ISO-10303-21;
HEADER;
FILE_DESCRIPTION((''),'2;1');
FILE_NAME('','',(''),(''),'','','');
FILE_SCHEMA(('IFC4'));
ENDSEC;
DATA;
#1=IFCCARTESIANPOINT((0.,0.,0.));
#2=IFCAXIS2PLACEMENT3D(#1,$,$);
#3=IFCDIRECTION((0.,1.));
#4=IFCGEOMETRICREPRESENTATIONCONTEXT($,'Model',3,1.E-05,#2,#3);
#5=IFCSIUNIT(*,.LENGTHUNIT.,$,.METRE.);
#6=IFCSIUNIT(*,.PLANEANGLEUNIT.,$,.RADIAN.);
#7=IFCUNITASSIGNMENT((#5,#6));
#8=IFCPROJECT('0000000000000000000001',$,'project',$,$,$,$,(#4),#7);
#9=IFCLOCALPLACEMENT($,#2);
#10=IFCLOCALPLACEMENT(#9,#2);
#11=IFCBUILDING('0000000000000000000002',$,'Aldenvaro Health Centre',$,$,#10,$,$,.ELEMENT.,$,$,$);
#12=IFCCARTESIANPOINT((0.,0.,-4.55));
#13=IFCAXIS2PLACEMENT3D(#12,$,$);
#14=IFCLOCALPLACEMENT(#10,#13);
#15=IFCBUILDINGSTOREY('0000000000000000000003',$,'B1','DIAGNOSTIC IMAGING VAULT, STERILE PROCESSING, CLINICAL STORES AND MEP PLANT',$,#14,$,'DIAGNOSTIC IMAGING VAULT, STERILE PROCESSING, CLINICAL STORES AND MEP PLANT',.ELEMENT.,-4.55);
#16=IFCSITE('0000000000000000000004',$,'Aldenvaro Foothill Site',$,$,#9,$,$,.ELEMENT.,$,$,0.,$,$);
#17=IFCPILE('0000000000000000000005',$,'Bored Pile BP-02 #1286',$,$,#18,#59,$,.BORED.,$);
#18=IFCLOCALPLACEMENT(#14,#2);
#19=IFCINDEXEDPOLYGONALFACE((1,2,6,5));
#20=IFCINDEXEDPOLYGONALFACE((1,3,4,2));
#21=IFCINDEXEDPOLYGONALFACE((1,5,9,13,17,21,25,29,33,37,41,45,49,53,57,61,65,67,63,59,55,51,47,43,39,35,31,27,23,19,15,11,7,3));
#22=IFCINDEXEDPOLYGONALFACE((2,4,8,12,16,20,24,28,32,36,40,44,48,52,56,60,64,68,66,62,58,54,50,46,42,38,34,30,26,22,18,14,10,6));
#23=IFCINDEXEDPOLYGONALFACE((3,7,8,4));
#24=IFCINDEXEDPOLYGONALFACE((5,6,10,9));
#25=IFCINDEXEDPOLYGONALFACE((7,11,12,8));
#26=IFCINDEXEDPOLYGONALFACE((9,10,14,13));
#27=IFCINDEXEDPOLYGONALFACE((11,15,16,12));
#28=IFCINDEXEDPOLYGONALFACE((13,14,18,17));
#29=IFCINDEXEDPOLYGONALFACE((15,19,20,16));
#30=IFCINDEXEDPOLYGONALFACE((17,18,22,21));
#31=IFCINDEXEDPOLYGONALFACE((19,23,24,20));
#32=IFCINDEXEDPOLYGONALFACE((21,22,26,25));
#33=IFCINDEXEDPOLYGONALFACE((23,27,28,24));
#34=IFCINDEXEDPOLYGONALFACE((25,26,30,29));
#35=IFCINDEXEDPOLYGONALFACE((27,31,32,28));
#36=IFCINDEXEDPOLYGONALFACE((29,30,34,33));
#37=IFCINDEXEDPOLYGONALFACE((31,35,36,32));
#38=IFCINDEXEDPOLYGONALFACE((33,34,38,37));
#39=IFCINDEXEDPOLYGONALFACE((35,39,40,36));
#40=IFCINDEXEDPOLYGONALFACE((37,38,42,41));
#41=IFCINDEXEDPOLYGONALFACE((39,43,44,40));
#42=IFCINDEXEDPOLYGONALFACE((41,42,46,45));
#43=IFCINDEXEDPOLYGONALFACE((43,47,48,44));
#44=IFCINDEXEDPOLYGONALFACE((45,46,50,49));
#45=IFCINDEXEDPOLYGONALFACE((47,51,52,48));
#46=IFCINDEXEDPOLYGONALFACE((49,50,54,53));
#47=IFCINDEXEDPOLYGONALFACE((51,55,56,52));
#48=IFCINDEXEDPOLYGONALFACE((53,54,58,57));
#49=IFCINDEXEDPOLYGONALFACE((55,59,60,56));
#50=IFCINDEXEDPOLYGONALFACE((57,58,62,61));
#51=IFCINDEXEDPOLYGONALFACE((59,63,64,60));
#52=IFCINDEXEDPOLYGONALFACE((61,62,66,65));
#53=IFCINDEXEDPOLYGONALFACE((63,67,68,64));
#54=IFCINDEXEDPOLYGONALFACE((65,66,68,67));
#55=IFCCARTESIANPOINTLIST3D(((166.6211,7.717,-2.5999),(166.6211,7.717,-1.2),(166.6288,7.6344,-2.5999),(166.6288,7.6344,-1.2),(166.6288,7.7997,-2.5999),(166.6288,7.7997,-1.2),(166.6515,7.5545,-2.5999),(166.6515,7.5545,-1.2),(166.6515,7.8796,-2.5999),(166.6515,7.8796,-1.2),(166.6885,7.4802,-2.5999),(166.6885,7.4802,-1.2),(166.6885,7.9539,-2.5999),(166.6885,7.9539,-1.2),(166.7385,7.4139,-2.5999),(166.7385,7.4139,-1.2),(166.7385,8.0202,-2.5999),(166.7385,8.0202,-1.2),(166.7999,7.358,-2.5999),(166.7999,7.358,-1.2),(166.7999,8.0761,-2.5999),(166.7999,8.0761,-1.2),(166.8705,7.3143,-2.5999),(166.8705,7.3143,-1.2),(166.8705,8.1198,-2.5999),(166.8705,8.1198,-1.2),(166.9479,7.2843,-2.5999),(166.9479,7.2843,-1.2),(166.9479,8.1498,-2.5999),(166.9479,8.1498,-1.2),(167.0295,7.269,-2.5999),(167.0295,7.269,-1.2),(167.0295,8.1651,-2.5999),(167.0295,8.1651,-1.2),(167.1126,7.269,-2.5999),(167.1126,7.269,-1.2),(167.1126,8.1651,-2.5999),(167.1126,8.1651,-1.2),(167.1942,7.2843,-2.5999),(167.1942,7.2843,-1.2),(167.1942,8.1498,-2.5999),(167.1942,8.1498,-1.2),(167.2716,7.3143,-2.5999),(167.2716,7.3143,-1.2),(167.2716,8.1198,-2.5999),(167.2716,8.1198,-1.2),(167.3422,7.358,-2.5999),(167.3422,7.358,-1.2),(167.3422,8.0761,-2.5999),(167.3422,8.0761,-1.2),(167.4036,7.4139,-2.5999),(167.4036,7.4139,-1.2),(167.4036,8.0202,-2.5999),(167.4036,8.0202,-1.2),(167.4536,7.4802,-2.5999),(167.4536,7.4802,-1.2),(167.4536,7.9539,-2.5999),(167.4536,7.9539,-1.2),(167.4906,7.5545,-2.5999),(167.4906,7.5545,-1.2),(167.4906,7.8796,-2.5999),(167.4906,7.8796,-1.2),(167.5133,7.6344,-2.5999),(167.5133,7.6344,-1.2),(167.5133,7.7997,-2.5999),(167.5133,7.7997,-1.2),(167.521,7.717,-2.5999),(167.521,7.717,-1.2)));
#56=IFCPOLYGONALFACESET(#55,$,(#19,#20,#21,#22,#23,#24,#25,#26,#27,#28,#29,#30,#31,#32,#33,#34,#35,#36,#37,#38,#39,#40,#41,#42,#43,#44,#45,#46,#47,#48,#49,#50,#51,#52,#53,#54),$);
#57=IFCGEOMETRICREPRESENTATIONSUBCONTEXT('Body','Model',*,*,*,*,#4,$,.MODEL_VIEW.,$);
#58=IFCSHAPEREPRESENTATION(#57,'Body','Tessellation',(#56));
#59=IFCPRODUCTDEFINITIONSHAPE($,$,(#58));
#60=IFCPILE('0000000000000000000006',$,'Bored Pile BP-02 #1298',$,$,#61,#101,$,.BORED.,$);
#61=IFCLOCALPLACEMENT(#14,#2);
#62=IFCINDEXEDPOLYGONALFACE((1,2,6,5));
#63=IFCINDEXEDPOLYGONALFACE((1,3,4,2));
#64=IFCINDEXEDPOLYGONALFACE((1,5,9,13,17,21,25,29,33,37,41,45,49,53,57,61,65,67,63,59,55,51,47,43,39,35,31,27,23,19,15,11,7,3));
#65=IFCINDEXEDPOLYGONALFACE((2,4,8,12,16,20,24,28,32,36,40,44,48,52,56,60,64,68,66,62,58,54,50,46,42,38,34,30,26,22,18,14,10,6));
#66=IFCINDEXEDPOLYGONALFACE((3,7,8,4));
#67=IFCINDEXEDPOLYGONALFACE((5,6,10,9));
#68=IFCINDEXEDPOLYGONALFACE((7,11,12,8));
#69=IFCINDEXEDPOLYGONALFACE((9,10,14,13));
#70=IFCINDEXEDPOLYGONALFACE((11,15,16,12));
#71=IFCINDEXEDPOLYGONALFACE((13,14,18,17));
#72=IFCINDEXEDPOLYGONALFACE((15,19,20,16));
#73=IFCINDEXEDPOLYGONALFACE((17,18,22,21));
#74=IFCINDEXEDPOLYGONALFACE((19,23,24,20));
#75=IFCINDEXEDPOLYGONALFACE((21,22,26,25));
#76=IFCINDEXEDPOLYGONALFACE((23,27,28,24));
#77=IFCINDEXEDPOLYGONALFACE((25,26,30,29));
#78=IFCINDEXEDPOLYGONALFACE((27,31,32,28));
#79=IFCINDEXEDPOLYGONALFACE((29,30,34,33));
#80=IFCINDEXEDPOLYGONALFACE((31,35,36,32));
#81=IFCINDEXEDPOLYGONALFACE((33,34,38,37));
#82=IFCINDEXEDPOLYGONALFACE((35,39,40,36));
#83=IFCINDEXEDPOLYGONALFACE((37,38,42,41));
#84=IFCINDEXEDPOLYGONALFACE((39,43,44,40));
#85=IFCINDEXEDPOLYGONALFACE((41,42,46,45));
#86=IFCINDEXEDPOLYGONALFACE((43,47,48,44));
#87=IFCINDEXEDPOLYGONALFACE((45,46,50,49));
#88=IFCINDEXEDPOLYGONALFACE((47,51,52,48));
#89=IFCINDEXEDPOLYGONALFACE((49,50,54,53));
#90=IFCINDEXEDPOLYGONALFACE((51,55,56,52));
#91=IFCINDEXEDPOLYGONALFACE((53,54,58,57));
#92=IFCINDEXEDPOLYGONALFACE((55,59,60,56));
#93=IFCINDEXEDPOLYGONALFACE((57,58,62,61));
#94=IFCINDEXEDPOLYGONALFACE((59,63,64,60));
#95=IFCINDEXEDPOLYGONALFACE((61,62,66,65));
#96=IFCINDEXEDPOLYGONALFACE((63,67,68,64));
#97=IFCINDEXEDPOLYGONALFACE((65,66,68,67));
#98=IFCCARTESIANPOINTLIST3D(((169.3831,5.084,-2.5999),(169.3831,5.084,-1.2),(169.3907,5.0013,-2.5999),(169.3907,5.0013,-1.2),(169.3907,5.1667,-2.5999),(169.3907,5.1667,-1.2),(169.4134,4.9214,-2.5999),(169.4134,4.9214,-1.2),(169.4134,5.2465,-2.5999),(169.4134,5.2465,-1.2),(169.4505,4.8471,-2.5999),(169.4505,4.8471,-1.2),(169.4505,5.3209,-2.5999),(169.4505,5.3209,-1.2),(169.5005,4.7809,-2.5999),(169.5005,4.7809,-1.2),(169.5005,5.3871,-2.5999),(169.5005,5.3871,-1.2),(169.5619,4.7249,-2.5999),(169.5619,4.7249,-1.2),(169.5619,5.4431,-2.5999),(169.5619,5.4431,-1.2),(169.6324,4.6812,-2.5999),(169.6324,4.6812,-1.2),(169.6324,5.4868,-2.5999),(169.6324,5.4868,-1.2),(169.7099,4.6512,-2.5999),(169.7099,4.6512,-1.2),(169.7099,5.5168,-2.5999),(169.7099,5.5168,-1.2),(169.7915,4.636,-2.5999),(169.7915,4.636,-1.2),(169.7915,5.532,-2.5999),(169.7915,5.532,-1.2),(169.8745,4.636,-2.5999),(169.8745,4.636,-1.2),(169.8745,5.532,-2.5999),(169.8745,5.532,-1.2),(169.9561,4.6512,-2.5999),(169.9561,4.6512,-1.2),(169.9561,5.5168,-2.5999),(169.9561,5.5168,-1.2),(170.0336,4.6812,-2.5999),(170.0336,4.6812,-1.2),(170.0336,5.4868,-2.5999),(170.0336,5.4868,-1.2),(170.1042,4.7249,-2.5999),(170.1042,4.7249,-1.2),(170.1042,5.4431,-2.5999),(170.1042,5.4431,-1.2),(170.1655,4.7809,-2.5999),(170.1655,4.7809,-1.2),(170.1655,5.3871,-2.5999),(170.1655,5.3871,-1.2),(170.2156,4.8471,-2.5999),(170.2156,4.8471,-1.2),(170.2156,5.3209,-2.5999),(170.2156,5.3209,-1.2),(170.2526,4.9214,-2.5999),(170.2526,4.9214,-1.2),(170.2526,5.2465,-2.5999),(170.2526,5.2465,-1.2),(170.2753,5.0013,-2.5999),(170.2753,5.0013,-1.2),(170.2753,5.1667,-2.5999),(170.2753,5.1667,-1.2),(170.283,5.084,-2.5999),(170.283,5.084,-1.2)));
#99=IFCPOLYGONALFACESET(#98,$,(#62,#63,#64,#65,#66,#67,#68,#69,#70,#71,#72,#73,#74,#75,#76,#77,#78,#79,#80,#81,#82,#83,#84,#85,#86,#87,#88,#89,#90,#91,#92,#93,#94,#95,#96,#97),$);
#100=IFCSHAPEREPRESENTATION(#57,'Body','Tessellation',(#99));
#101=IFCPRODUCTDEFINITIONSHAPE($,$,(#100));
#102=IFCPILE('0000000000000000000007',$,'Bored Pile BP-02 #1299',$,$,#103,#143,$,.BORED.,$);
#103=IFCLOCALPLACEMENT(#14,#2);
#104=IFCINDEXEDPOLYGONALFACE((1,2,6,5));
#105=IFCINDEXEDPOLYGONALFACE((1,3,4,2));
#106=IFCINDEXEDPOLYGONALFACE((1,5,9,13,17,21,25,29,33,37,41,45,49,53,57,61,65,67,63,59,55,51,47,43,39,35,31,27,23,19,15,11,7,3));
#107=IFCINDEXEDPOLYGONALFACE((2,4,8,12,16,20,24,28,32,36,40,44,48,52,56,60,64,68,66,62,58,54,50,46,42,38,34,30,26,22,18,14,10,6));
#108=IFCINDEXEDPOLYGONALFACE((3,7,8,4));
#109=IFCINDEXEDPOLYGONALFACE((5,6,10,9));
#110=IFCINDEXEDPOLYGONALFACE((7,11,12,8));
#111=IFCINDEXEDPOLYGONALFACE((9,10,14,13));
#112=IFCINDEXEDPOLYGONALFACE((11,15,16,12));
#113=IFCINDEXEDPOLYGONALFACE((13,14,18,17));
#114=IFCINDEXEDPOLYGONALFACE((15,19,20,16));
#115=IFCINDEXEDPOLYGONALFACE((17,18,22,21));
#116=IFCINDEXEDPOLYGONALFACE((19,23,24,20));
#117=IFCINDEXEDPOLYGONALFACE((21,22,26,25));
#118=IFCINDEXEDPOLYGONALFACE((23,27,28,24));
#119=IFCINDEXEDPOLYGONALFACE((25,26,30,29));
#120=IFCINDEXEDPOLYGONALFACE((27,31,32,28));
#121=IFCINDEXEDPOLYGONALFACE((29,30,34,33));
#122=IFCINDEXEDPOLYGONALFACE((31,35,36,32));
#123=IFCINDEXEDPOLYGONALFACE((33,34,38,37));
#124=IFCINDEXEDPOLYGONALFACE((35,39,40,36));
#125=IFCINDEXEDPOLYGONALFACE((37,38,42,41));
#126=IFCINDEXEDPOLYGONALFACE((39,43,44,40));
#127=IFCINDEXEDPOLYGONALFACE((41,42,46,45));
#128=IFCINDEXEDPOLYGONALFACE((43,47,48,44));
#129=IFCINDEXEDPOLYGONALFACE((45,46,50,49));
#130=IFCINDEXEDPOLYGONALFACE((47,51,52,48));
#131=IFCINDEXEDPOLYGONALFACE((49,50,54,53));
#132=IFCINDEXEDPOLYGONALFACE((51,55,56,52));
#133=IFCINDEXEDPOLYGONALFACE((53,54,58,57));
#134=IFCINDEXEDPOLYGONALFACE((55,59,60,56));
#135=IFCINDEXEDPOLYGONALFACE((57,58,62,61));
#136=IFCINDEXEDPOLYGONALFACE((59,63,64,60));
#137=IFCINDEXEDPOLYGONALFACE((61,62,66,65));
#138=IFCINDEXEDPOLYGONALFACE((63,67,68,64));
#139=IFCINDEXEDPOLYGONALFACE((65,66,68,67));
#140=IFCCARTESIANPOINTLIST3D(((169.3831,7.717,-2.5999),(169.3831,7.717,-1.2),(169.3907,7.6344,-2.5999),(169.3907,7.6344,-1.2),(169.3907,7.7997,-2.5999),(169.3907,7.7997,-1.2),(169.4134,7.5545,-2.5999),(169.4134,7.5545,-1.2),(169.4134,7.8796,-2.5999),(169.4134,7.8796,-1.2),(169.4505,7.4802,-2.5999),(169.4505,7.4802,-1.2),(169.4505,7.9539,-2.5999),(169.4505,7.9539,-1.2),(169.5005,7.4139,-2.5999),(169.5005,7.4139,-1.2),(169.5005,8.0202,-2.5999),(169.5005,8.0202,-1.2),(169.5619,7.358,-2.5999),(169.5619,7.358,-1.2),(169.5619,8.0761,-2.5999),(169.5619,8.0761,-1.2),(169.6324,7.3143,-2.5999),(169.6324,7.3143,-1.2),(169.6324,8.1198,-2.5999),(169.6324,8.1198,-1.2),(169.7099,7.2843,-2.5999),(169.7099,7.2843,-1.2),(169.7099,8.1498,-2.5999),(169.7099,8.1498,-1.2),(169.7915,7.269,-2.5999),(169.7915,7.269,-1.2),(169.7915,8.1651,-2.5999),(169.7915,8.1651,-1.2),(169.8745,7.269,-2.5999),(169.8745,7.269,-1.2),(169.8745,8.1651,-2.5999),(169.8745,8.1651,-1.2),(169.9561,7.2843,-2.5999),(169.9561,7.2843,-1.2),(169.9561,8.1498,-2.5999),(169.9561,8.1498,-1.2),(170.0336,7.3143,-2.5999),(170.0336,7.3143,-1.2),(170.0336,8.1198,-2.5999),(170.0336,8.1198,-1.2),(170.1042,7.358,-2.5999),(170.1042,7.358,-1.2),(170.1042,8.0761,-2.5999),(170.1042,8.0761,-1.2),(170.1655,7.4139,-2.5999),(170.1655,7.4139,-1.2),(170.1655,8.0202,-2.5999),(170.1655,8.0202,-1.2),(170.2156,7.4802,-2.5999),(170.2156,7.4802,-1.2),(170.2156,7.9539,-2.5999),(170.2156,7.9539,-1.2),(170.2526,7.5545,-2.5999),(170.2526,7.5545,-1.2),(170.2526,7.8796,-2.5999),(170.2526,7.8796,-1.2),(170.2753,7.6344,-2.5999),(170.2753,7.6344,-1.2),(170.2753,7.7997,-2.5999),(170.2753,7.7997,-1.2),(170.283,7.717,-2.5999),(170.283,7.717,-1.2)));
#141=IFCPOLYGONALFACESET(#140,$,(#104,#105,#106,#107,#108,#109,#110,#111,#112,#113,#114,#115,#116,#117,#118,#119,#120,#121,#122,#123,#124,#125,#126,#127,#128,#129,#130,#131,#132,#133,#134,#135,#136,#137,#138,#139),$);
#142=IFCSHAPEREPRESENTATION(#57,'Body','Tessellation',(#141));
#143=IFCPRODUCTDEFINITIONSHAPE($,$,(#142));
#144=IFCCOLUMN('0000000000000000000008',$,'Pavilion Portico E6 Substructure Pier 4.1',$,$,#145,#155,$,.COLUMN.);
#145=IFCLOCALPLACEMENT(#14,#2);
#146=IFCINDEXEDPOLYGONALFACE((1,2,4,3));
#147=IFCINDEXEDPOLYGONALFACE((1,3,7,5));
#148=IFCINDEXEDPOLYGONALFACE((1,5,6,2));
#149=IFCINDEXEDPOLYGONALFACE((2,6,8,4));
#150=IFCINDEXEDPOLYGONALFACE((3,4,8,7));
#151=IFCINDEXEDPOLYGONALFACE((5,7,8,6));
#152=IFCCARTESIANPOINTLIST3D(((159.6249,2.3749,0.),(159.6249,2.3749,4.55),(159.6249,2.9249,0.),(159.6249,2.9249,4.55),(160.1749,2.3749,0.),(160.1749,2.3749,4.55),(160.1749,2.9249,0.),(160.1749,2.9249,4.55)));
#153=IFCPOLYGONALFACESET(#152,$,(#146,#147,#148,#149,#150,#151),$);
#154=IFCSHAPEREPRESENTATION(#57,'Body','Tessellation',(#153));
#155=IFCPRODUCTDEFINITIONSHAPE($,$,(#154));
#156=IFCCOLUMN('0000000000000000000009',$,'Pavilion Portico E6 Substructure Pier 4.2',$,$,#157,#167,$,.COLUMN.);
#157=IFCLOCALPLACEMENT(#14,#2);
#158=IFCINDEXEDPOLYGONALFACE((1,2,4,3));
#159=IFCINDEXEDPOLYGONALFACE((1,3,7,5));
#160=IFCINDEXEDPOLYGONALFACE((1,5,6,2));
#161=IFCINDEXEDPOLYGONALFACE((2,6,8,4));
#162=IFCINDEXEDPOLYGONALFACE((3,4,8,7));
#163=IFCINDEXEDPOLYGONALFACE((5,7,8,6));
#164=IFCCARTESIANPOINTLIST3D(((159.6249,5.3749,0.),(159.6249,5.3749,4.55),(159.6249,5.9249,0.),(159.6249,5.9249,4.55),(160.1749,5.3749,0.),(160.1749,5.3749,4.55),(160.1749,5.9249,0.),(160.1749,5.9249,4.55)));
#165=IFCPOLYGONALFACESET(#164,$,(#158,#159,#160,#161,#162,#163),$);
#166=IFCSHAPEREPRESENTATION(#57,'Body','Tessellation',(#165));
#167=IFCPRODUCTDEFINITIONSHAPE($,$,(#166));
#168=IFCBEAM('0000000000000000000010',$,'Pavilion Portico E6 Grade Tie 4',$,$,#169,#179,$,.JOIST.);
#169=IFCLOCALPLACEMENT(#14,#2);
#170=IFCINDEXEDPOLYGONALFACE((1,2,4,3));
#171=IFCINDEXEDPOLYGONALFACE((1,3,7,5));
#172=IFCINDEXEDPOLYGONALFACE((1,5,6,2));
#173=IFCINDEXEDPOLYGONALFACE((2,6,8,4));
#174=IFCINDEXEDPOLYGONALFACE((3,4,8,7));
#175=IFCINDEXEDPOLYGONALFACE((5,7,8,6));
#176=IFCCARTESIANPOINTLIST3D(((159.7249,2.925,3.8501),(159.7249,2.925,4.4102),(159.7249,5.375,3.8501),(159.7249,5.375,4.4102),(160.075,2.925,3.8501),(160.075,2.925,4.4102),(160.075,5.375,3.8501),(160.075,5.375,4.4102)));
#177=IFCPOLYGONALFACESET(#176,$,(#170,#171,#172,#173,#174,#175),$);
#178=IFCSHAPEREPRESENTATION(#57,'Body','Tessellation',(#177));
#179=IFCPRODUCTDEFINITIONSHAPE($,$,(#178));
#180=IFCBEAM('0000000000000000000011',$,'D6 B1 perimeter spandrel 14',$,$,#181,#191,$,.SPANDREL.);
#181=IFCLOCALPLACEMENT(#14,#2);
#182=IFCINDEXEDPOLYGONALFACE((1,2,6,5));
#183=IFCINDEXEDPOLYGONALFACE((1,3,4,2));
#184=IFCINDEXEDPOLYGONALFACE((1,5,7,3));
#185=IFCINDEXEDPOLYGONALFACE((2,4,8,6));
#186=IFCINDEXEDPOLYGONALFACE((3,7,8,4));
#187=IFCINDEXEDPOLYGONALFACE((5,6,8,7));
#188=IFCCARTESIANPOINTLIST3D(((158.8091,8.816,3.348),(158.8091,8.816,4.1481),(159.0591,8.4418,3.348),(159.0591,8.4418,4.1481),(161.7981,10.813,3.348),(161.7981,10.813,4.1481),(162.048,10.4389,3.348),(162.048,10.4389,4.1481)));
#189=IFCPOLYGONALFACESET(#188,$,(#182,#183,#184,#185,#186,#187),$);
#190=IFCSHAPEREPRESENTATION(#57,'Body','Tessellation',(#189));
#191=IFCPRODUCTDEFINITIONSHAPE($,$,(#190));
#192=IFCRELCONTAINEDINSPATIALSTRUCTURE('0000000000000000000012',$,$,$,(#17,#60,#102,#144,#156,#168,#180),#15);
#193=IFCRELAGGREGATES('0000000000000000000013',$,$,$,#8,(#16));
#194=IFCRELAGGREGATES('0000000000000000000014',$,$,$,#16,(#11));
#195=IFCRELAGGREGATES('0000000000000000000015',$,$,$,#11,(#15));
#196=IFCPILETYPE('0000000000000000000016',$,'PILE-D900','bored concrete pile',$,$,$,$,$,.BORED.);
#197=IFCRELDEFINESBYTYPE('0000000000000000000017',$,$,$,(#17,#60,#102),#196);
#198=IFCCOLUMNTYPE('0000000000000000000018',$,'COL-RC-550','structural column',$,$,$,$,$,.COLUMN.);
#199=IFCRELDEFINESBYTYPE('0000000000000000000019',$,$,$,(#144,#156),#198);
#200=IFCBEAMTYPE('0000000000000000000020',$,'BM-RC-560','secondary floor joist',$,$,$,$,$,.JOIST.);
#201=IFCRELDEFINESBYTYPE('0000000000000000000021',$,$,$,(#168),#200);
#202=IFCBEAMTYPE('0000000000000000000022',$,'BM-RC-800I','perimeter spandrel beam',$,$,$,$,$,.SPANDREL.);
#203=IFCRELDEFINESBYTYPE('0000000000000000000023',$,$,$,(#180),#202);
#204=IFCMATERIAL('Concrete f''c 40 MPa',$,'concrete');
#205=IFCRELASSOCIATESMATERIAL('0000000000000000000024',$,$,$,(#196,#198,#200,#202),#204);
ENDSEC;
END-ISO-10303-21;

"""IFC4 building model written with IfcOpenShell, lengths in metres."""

from ifc_helpers import new_model, si_unit, direction, frame, origin, origin_2d, place, context, subcontext, project, spatial, rectangle, circle, extrude, material, material_profile, profile_set, type_object, element, save


model = new_model("IFC4")

# Units and contexts
model_context = context("Model", 3, precision=1e-05, world=origin(), true_north=direction((0.0, 1.0)))
body_context = subcontext(model_context, "Body", "Model", "MODEL_VIEW")
ifc_project = project(units=[si_unit("LENGTHUNIT", "METRE"), si_unit("PLANEANGLEUNIT", "RADIAN")], contexts=[model_context])

# Site, building, storey
site_placement = place(None, origin())
site = spatial("IfcSite", under=ifc_project, at=site_placement, Name="Aldenvaro Foothill Site", CompositionType="ELEMENT", RefElevation=0.0)
building_placement = place(site_placement, origin())
building = spatial("IfcBuilding", under=site, at=building_placement, Name="Aldenvaro Health Centre", CompositionType="ELEMENT")
storey_placement = place(building_placement, frame((0.0, 0.0, -4.55)))
storey = spatial("IfcBuildingStorey", under=building, at=storey_placement, Name="B1", Description="DIAGNOSTIC IMAGING VAULT, STERILE PROCESSING, CLINICAL STORES AND MEP PLANT", LongName="DIAGNOSTIC IMAGING VAULT, STERILE PROCESSING, CLINICAL STORES AND MEP PLANT", CompositionType="ELEMENT", Elevation=-4.55)

# Shared definitions
ifc_material_1 = material(Name="Concrete f'c 40 MPa", Category="concrete")

# Piles
ifc_material_profile_1 = material_profile(ifc_material_1, circle(Radius=0.45, at=origin_2d()), Name="PILE D900", Category="concrete")
ifc_profile_set_1 = profile_set([ifc_material_profile_1], Name="Concrete f'c 40 MPa")
pile_type_1 = type_object("IfcPileType", Name="PILE-D900", Description="bored concrete pile", PredefinedType="BORED", material=ifc_profile_set_1)
for number, where, z_axis, x_axis, name in (
    (1, (167.071, 7.717, -1.2), (0.0, 0.0, -1.0), (1.0, 0.0, 0.0), "Bored Pile BP-02 #1286"),
    (2, (169.833, 5.084, -1.2), (0.0, 0.0, -1.0), (1.0, 0.0, 0.0), "Bored Pile BP-02 #1298"),
    (3, (169.833, 7.717, -1.2), (0.0, 0.0, -1.0), (1.0, 0.0, 0.0), "Bored Pile BP-02 #1299"),
):
    element("IfcPile", number, at=place(storey_placement, frame(where, z_axis=z_axis, x_axis=x_axis)), inside=storey, type_object=pile_type_1, Name=name, PredefinedType="BORED", context=body_context, shape_type="SweptSolid", body=[
        extrude(circle(Radius=0.45, at=origin_2d()), origin(), (0.0, 0.0, 1.0), 1.3999),
    ])

# Columns
ifc_material_profile_2 = material_profile(ifc_material_1, rectangle(XDim=0.55, YDim=0.55, at=origin_2d()), Name="RC 550x550", Category="concrete")
ifc_profile_set_2 = profile_set([ifc_material_profile_2], Name="Concrete f'c 40 MPa")
column_type = type_object("IfcColumnType", Name="COL-RC-550", Description="structural column", PredefinedType="COLUMN", material=ifc_profile_set_2)
for number, where, z_axis, x_axis, name in (
    (4, (159.8999, 2.6499, 0.0), (0.0, 0.0, 1.0), (1.0, 0.0, 0.0), "Pavilion Portico E6 Substructure Pier 4.1"),
    (5, (159.8999, 5.6499, 0.0), (0.0, 0.0, 1.0), (1.0, 0.0, 0.0), "Pavilion Portico E6 Substructure Pier 4.2"),
):
    element("IfcColumn", number, at=place(storey_placement, frame(where, z_axis=z_axis, x_axis=x_axis)), inside=storey, type_object=column_type, Name=name, PredefinedType="COLUMN", context=body_context, shape_type="SweptSolid", body=[
        extrude(rectangle(XDim=0.55, YDim=0.55, at=origin_2d()), origin(), (0.0, 0.0, 1.0), 4.55),
    ])

# Beams
ifc_material_profile_3 = material_profile(ifc_material_1, rectangle(XDim=0.3501, YDim=0.5601, at=origin_2d()), Name="RC 350x560", Category="concrete")
ifc_profile_set_3 = profile_set([ifc_material_profile_3], Name="Concrete f'c 40 MPa")
beam_type_1 = type_object("IfcBeamType", Name="BM-RC-560", Description="secondary floor joist", PredefinedType="JOIST", material=ifc_profile_set_3)
beam_1_placement = place(storey_placement, frame((159.8999, 2.925, 4.1301), z_axis=(0.0, 1.0, 0.0), x_axis=(-1.0, 0.0, 0.0)))
element("IfcBeam", 6, at=beam_1_placement, inside=storey, type_object=beam_type_1, Name="Pavilion Portico E6 Grade Tie 4", PredefinedType="JOIST", context=body_context, shape_type="SweptSolid", body=[
    extrude(rectangle(XDim=0.3501, YDim=0.5601, at=origin_2d()), origin(), (0.0, 0.0, 1.0), 2.45),
])
ifc_material_profile_4 = material_profile(ifc_material_1, rectangle(XDim=0.45, YDim=0.8, at=origin_2d()), Name="RC 450x800", Category="concrete")
ifc_profile_set_4 = profile_set([ifc_material_profile_4], Name="Concrete f'c 40 MPa")
beam_type_2 = type_object("IfcBeamType", Name="BM-RC-800I", Description="perimeter spandrel beam", PredefinedType="SPANDREL", material=ifc_profile_set_4)
beam_2_placement = place(storey_placement, frame((158.9341, 8.6289, 3.748), z_axis=(0.831486, 0.555546, 0.0), x_axis=(-0.555546, 0.831486, 0.0)))
element("IfcBeam", 7, at=beam_2_placement, inside=storey, type_object=beam_type_2, Name="D6 B1 perimeter spandrel 14", PredefinedType="SPANDREL", context=body_context, shape_type="SweptSolid", body=[
    extrude(rectangle(XDim=0.45, YDim=0.8, at=origin_2d()), origin(), (0.0, 0.0, 1.0), 3.5947),
])

save(model, "model.ifc")
